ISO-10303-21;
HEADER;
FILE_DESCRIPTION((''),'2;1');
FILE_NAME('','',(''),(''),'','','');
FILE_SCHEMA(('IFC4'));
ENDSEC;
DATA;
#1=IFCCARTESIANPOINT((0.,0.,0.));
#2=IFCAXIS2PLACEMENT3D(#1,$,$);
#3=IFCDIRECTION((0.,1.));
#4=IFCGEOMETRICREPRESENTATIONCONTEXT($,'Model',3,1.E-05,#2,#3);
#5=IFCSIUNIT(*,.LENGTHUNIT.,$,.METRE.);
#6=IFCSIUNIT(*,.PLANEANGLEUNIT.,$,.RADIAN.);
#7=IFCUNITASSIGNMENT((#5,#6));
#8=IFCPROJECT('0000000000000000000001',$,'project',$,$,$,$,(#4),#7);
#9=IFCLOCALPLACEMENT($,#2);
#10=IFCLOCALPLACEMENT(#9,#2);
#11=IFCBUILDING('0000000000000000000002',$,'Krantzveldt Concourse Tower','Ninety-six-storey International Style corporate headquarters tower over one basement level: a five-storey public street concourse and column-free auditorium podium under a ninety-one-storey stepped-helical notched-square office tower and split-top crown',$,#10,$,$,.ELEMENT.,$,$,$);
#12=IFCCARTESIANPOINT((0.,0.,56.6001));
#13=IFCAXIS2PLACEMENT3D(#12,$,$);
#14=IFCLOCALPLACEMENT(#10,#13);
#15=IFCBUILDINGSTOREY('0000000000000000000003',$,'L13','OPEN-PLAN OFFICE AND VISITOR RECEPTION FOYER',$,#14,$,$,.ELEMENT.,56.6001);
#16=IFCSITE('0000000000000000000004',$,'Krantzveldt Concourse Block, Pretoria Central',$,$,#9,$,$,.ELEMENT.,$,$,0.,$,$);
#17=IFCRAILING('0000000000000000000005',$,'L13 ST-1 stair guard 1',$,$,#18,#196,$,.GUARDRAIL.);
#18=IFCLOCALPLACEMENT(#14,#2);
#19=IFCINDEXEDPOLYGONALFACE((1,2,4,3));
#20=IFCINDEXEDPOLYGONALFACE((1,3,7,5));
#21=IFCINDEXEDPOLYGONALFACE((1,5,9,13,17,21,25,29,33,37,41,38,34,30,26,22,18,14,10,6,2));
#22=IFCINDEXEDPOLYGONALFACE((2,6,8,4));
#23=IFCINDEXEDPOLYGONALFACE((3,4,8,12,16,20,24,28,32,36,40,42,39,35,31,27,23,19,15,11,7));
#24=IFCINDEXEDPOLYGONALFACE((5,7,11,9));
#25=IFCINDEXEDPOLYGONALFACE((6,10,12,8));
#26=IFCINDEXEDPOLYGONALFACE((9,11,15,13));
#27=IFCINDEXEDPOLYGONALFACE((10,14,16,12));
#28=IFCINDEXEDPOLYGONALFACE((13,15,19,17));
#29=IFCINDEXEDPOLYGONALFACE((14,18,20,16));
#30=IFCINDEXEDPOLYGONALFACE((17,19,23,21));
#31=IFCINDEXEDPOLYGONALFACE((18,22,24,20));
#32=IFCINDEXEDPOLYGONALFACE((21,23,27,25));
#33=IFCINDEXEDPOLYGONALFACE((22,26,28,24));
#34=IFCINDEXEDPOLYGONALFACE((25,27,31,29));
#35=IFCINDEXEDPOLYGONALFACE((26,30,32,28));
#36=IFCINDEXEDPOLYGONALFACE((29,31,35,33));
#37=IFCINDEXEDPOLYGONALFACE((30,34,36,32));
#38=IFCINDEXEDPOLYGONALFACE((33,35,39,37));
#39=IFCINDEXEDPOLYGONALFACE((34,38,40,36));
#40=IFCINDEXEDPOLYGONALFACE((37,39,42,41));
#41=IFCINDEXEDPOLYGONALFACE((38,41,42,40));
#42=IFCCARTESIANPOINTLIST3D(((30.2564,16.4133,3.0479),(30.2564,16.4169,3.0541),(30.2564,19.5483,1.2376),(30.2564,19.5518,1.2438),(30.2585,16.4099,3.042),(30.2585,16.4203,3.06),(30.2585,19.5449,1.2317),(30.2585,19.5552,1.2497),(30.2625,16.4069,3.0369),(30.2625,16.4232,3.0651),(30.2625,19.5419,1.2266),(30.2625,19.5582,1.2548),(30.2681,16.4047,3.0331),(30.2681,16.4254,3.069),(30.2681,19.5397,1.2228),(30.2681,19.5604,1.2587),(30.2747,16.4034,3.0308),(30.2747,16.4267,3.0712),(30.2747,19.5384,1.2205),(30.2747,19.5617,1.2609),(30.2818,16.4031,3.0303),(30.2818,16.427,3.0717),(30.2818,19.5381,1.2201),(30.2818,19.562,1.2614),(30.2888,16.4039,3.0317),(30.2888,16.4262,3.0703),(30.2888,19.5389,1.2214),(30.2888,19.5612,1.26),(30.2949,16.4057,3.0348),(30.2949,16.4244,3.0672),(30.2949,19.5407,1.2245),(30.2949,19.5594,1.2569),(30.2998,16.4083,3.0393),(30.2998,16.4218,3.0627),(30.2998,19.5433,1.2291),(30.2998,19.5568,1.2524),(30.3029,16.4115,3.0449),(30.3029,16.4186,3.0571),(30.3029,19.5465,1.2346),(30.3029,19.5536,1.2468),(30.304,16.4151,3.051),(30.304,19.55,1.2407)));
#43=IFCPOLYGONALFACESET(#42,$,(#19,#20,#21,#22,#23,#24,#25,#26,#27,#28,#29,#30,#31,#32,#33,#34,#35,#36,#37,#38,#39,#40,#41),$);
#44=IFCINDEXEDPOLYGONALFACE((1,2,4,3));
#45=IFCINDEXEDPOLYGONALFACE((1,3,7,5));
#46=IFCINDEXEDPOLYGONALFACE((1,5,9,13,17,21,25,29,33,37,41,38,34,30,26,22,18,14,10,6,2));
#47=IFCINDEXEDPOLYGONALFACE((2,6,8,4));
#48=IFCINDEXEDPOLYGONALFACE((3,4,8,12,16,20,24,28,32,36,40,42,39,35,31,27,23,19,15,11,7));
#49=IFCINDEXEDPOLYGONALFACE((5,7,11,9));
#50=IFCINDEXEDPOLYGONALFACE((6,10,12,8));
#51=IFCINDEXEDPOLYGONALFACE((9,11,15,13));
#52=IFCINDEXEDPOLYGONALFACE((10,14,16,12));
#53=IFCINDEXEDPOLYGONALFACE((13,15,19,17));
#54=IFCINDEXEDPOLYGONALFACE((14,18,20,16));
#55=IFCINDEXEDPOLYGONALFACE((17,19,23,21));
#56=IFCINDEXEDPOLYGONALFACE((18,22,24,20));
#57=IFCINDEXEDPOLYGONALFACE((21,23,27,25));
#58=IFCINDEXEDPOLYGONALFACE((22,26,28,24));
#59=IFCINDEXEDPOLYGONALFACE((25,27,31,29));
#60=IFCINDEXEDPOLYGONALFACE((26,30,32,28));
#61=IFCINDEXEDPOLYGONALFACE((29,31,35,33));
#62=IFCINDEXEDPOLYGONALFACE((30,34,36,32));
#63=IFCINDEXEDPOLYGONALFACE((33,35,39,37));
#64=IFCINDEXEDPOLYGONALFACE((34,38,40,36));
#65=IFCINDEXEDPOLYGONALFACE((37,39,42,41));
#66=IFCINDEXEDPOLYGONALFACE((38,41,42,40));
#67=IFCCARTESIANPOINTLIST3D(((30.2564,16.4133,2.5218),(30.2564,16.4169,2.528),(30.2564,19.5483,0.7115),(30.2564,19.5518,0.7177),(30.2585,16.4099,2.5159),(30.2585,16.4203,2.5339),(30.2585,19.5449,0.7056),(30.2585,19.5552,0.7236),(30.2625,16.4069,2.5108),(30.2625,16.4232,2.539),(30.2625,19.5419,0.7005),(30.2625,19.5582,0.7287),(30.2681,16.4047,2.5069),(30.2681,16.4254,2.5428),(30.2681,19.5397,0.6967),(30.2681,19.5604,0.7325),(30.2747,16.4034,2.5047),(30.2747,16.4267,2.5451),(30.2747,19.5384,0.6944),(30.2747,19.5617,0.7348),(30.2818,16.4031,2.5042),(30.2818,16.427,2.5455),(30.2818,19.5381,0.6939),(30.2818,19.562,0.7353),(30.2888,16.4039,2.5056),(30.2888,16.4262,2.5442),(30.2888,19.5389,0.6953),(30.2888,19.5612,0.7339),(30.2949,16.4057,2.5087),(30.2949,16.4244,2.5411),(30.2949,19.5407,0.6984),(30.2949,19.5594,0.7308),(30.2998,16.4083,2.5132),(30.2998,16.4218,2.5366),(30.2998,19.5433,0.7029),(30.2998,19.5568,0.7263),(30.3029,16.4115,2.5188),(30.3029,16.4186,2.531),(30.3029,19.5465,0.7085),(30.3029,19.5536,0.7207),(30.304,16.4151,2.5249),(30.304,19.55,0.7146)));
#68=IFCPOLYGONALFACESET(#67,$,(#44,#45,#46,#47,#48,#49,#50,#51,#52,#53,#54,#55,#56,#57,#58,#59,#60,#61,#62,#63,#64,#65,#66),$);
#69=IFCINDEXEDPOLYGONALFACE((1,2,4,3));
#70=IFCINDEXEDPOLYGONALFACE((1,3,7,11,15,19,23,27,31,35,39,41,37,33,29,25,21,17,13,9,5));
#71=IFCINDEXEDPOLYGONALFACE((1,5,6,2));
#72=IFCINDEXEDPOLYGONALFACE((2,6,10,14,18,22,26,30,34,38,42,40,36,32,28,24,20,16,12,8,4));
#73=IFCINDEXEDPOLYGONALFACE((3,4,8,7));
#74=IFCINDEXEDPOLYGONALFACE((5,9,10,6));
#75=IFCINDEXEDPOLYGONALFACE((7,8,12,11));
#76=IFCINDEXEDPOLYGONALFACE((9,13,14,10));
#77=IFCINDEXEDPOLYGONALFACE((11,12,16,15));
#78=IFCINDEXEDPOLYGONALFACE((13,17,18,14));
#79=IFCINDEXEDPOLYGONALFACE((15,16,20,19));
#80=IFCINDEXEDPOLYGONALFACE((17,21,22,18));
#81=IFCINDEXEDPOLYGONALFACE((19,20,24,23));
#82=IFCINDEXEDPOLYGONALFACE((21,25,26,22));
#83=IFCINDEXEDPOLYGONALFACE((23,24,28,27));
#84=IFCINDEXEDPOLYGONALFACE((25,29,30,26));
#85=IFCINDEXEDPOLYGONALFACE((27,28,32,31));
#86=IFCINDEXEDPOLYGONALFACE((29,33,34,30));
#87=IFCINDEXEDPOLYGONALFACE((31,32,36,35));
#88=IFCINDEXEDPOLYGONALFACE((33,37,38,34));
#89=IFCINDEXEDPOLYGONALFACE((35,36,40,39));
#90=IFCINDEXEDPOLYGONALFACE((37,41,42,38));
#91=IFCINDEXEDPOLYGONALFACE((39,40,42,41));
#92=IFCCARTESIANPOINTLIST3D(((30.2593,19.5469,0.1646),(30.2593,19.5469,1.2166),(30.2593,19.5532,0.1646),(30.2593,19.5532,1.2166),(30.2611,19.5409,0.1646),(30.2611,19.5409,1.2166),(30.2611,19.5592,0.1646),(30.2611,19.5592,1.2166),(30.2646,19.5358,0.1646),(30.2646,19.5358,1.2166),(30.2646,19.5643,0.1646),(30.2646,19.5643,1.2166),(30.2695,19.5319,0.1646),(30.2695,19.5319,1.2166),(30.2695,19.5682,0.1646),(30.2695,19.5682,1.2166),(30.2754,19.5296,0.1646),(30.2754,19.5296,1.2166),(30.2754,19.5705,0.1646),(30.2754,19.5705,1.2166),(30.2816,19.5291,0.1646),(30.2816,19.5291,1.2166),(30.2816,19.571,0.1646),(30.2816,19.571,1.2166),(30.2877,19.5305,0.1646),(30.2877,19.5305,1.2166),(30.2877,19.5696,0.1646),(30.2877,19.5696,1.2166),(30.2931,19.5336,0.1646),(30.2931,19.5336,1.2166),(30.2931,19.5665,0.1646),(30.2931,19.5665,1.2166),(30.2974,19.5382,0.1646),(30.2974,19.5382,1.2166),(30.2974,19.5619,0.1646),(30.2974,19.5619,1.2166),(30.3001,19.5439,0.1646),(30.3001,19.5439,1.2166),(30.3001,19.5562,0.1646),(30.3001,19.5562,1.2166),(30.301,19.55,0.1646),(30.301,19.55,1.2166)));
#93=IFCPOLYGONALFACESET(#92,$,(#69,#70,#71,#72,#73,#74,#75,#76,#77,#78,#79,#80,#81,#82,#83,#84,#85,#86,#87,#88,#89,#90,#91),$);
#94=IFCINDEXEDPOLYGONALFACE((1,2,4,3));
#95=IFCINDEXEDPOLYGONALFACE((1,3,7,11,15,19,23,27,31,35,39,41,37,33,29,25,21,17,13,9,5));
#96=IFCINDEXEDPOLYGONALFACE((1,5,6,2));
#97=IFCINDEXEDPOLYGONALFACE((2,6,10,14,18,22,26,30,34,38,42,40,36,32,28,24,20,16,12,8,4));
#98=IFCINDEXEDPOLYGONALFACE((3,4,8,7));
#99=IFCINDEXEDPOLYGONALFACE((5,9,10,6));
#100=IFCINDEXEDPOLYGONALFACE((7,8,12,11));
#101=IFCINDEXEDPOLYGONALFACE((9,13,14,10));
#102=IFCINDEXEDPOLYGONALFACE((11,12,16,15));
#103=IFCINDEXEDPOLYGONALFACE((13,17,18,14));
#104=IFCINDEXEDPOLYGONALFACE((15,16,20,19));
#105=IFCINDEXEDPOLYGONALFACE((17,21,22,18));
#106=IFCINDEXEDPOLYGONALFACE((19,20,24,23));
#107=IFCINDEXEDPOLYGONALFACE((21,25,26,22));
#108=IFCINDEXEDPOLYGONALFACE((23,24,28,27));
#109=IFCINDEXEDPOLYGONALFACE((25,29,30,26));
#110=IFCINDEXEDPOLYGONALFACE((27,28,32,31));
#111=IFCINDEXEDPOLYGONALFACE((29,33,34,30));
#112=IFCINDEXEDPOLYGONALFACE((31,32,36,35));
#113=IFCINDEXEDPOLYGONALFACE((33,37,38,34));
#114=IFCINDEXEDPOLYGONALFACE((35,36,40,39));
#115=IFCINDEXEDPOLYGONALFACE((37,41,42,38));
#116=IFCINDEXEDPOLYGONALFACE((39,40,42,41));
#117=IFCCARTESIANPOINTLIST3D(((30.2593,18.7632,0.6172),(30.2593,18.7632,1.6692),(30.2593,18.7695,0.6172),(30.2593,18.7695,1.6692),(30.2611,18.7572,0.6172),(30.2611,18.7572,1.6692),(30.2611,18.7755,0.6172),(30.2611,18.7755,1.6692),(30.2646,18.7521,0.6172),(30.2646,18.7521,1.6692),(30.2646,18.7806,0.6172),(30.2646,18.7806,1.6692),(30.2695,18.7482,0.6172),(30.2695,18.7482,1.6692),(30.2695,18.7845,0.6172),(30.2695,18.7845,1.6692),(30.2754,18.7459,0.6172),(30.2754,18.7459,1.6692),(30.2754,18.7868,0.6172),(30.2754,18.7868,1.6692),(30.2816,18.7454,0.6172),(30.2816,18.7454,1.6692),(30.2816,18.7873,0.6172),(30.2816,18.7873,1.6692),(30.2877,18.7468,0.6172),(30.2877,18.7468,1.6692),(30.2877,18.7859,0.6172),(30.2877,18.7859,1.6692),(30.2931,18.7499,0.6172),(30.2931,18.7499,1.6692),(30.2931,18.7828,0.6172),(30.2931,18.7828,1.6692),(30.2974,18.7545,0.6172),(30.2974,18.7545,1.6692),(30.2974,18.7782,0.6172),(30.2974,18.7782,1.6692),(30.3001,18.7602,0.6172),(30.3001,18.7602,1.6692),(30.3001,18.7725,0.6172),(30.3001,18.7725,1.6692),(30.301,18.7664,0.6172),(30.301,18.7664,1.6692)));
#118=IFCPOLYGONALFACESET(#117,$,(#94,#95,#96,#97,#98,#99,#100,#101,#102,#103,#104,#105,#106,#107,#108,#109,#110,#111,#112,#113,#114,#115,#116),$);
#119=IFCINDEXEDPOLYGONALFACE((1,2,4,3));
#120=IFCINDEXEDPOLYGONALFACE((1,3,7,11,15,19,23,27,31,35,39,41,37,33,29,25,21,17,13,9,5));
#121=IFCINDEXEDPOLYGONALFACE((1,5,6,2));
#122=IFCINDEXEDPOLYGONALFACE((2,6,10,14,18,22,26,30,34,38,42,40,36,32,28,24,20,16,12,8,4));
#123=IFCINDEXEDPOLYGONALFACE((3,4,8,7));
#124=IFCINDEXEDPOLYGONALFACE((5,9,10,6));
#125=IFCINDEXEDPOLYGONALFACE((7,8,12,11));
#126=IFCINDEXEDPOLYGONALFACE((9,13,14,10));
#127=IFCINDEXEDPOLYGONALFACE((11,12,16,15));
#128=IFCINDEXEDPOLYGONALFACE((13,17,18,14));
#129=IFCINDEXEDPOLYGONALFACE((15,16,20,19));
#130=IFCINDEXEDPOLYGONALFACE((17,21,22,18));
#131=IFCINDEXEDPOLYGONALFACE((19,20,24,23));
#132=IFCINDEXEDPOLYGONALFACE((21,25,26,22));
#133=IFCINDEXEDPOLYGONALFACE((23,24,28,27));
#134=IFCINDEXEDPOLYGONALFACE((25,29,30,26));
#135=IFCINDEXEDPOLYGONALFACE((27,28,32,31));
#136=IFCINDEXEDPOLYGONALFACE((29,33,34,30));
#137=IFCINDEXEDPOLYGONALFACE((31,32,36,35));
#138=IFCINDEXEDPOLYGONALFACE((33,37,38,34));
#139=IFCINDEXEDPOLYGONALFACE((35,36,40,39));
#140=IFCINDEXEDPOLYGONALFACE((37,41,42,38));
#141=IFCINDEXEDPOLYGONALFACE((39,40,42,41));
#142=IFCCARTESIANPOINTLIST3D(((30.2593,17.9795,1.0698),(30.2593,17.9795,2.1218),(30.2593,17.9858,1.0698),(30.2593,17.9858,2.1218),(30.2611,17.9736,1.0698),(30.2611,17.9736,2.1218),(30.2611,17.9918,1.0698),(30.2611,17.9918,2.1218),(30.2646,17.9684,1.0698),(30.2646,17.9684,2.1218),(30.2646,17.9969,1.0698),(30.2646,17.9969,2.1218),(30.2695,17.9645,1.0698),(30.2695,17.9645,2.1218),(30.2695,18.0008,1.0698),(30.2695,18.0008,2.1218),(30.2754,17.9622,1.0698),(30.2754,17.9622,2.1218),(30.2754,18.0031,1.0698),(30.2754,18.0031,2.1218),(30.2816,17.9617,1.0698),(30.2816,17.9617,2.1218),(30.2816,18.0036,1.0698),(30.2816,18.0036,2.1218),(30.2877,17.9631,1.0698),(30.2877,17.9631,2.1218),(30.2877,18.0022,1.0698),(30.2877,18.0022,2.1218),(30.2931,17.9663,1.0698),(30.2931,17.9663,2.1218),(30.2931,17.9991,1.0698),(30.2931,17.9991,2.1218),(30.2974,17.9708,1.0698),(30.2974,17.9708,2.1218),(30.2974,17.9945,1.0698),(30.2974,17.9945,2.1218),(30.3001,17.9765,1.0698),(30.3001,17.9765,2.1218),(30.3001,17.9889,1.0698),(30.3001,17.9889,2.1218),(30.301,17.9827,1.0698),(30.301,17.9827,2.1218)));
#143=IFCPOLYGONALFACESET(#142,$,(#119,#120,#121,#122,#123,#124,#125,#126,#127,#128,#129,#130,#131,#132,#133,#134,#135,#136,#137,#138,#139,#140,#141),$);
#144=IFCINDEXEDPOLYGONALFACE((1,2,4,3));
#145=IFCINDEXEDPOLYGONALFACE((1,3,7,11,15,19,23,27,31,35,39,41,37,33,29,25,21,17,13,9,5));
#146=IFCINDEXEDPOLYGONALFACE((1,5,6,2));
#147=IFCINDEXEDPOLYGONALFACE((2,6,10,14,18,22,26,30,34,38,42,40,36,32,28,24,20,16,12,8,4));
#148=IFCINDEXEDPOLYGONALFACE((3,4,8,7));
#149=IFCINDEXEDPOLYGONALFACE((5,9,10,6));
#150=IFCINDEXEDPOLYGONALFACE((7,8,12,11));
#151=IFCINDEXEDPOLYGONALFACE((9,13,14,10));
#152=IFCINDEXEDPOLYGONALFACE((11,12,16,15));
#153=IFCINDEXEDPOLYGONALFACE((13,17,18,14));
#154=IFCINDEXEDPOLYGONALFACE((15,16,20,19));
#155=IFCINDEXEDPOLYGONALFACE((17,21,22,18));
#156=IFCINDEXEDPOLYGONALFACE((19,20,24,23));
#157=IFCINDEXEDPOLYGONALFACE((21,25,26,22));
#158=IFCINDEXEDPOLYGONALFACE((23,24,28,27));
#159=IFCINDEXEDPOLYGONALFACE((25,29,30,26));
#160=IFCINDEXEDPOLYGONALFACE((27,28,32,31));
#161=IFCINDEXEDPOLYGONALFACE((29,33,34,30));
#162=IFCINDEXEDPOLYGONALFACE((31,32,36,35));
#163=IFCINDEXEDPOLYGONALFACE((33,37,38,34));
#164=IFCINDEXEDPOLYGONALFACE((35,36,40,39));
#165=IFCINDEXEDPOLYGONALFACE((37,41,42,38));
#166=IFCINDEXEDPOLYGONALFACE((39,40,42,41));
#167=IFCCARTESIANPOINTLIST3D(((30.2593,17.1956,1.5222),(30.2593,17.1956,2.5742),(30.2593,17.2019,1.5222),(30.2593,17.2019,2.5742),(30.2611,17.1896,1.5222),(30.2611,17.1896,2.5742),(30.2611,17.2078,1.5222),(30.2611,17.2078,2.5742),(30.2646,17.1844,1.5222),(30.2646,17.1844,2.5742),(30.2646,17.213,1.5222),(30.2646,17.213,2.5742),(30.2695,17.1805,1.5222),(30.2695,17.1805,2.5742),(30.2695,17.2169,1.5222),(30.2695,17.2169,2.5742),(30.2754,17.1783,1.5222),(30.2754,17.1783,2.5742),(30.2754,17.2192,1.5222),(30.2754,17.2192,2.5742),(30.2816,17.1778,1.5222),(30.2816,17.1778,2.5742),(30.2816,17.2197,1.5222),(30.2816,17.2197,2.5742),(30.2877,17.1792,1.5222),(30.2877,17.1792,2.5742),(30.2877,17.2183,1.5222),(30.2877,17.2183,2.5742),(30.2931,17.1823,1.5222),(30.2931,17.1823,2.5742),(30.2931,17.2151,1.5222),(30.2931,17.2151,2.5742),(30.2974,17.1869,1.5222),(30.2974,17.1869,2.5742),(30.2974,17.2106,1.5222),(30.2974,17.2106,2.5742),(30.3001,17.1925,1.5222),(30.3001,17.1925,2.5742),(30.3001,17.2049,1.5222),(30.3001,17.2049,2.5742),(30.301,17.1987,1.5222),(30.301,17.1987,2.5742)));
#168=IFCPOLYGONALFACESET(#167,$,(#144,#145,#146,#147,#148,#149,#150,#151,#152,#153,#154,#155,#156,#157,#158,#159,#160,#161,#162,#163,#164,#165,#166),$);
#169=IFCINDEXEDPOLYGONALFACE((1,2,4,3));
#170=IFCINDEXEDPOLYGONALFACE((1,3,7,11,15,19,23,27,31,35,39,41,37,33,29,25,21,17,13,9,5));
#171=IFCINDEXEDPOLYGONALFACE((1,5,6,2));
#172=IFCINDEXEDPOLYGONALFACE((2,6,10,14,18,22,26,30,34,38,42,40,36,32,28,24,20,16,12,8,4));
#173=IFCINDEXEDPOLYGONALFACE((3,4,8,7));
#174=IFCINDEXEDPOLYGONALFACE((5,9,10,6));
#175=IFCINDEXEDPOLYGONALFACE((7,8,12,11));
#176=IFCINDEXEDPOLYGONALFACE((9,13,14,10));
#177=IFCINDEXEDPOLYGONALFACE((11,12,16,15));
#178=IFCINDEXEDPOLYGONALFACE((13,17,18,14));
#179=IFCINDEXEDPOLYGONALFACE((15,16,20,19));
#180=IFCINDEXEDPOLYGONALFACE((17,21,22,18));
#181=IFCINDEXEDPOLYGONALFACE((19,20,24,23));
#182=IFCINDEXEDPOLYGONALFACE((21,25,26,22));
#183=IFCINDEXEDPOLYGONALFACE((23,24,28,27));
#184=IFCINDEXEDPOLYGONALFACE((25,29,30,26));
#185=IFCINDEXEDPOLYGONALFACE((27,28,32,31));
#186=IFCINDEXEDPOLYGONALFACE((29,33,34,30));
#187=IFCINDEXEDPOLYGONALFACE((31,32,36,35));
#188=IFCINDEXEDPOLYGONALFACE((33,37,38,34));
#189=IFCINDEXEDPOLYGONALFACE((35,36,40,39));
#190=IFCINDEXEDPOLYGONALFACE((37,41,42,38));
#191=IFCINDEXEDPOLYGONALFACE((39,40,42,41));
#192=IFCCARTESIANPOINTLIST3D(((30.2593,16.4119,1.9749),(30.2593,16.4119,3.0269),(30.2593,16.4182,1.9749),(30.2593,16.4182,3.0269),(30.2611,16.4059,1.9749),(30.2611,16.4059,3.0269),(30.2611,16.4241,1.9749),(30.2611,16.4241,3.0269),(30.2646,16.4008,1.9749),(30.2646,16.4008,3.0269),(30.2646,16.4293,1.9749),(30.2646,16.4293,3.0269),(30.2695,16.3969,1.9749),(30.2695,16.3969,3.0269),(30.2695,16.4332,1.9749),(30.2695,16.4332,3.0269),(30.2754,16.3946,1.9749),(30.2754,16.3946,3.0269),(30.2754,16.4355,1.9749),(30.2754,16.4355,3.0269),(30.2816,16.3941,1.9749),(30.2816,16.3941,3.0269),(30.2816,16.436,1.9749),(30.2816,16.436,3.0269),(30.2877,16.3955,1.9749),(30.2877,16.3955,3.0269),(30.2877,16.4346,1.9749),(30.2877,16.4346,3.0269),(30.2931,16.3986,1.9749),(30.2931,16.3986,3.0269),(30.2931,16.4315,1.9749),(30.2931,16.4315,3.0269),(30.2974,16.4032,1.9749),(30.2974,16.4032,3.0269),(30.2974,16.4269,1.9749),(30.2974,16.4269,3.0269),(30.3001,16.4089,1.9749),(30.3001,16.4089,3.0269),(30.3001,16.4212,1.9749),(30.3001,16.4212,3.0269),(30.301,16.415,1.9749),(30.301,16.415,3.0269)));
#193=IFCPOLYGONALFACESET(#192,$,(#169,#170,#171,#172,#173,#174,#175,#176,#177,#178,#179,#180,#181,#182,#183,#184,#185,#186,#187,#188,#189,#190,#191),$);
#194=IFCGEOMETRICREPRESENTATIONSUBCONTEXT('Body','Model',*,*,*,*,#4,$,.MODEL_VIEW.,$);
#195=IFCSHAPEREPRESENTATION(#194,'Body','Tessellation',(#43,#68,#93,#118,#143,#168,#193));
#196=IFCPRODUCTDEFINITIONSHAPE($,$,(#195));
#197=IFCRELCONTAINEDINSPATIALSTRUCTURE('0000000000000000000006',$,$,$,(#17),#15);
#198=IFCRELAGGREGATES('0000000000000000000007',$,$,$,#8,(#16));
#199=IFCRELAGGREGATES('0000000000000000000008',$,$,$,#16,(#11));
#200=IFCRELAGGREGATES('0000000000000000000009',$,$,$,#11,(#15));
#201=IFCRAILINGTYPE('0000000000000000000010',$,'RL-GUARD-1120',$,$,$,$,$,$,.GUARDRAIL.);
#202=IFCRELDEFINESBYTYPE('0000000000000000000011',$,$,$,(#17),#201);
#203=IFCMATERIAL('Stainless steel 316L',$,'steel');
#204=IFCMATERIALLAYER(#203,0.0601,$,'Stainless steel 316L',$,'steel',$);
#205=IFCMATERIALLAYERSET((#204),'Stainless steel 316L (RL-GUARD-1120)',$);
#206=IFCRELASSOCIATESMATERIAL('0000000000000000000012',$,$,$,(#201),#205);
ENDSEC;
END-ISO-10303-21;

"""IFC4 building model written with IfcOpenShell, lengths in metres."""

from ifc_helpers import new_model, si_unit, direction, frame, origin, origin_2d, place, context, subcontext, project, spatial, circle, extrude, material, layer, layer_set, type_object, element, save


model = new_model("IFC4")

# Units and contexts
model_context = context("Model", 3, precision=1e-05, world=origin(), true_north=direction((0.0, 1.0)))
body_context = subcontext(model_context, "Body", "Model", "MODEL_VIEW")
ifc_project = project(units=[si_unit("LENGTHUNIT", "METRE"), si_unit("PLANEANGLEUNIT", "RADIAN")], contexts=[model_context])

# Site, building, storey
site_placement = place(None, origin())
site = spatial("IfcSite", under=ifc_project, at=site_placement, Name="Krantzveldt Concourse Block, Pretoria Central", CompositionType="ELEMENT", RefElevation=0.0)
building_placement = place(site_placement, origin())
building = spatial("IfcBuilding", under=site, at=building_placement, Name="Krantzveldt Concourse Tower", Description="Ninety-six-storey International Style corporate headquarters tower over one basement level: a five-storey public street concourse and column-free auditorium podium under a ninety-one-storey stepped-helical notched-square office tower and split-top crown", CompositionType="ELEMENT")
storey_placement = place(building_placement, frame((0.0, 0.0, 56.6001)))
storey = spatial("IfcBuildingStorey", under=building, at=storey_placement, Name="L13", Description="OPEN-PLAN OFFICE AND VISITOR RECEPTION FOYER", CompositionType="ELEMENT", Elevation=56.6001)

# Railing
ifc_material_1 = material(Name="Stainless steel 316L", Category="steel")
ifc_layer_1 = layer(ifc_material_1, 0.0601, Name="Stainless steel 316L", Category="steel")
ifc_layer_set_1 = layer_set([ifc_layer_1], Name="Stainless steel 316L (RL-GUARD-1120)")
railing_type_1 = type_object("IfcRailingType", Name="RL-GUARD-1120", PredefinedType="GUARDRAIL", material=ifc_layer_set_1)
railing_1_placement = place(storey_placement, frame((30.28, 19.55, 0.1646)))
element("IfcRailing", 1, at=railing_1_placement, inside=storey, type_object=railing_type_1, Name="L13 ST-1 stair guard 1", PredefinedType="GUARDRAIL", context=body_context, shape_type="SweptSolid", body=[
    extrude(circle(Radius=0.0239, at=origin_2d()), frame((0.0, 0.0, 1.0762), z_axis=(0.0, -0.865989, 0.500063), x_axis=(1.0, 0.0, 0.0)), (0.0, 0.0, 1.0), 3.6201),
    extrude(circle(Radius=0.0239, at=origin_2d()), frame((0.0, 0.0, 0.55), z_axis=(0.0, -0.865989, 0.500063), x_axis=(1.0, 0.0, 0.0)), (0.0, 0.0, 1.0), 3.6201),
    extrude(circle(Radius=0.021, at=origin_2d()), origin(), (0.0, 0.0, 1.0), 1.052),
    extrude(circle(Radius=0.021, at=origin_2d()), frame((0.0, -0.7837, 0.4526)), (0.0, 0.0, 1.0), 1.052),
    extrude(circle(Radius=0.021, at=origin_2d()), frame((0.0, -1.5674, 0.9053)), (0.0, 0.0, 1.0), 1.052),
    extrude(circle(Radius=0.021, at=origin_2d()), frame((0.0, -2.3513, 1.3577)), (0.0, 0.0, 1.0), 1.052),
    extrude(circle(Radius=0.021, at=origin_2d()), frame((0.0, -3.135, 1.8103)), (0.0, 0.0, 1.0), 1.052),
])

save(model, "model.ifc")
